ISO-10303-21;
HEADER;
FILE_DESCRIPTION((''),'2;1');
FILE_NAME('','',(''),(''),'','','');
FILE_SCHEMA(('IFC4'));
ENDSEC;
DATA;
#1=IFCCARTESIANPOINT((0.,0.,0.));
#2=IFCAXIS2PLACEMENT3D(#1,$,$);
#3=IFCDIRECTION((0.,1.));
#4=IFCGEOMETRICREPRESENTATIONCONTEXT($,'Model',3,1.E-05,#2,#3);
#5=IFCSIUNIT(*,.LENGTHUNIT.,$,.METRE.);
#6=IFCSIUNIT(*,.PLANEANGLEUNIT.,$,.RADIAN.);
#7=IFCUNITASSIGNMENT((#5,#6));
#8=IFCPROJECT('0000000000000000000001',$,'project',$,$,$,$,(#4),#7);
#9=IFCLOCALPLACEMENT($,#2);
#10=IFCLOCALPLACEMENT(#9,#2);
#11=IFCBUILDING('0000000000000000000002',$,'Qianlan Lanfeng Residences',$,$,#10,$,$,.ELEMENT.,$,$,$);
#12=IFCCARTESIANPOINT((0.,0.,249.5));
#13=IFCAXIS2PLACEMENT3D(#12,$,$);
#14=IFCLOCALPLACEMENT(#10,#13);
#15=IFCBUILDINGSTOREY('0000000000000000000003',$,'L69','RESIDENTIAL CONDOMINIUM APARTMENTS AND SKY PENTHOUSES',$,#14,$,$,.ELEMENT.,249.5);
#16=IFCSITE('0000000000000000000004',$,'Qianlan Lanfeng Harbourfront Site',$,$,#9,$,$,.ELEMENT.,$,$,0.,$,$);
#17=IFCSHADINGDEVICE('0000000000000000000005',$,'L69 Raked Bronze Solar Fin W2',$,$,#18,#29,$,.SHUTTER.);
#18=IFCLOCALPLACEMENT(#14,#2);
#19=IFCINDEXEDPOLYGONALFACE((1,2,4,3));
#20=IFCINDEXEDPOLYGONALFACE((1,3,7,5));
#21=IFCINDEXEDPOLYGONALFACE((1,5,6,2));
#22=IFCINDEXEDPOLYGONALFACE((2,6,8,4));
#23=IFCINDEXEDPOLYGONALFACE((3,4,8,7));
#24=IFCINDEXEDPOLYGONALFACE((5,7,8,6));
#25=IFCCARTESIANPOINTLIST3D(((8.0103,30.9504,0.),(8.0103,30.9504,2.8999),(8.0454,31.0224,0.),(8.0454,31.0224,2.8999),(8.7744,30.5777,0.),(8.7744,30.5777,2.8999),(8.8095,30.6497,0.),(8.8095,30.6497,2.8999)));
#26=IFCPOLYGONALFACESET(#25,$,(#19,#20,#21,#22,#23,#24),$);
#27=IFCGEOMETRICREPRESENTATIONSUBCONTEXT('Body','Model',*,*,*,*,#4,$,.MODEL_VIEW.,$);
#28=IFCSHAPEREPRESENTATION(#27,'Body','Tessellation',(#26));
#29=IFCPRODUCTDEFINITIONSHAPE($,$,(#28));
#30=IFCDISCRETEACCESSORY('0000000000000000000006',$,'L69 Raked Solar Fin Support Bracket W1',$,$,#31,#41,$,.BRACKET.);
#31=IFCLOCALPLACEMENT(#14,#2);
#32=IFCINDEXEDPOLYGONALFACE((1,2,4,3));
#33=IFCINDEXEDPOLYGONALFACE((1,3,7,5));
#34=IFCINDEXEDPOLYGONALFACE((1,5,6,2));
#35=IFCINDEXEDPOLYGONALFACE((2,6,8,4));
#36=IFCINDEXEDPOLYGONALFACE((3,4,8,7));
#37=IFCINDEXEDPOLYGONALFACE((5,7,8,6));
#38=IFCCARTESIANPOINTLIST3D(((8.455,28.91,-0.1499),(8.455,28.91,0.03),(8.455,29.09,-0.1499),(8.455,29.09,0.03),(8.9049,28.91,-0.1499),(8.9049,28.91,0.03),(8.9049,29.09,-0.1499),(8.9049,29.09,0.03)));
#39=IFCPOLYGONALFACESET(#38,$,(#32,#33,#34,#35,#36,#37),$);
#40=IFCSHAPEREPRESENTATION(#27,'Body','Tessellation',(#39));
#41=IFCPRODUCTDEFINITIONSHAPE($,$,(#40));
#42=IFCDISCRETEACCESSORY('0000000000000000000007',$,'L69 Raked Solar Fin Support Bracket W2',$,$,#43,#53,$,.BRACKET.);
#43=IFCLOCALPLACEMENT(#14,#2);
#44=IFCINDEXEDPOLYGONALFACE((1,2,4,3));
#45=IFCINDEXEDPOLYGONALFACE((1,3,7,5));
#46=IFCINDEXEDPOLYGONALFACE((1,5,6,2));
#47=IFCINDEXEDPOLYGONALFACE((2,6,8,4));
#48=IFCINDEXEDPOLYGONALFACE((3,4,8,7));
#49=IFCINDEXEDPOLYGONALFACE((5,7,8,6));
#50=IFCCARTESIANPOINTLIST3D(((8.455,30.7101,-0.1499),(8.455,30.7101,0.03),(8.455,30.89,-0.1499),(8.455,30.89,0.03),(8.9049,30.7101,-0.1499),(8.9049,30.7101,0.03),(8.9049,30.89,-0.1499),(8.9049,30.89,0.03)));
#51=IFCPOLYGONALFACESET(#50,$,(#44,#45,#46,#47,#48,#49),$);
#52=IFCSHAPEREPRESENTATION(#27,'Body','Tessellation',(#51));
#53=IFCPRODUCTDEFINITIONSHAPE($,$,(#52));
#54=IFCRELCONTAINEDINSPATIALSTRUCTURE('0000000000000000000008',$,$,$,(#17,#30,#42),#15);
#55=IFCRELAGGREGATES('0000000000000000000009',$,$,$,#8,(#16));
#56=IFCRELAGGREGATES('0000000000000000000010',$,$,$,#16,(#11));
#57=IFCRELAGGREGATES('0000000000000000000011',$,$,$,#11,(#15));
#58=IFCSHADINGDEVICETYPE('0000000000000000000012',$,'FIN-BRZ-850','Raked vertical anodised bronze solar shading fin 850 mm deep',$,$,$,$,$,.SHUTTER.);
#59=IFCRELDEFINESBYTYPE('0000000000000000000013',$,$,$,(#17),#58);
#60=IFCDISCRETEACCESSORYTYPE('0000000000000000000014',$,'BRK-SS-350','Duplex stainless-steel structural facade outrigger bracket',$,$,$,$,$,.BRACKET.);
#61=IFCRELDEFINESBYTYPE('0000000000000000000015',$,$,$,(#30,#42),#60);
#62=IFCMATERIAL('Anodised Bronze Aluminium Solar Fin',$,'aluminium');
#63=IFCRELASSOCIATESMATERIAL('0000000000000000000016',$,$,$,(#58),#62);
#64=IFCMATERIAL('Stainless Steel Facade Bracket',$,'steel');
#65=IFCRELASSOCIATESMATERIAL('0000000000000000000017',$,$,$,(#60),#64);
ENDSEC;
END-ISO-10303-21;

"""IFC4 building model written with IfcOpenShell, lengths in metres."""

from ifc_helpers import new_model, si_unit, direction, frame, origin, origin_2d, place, context, subcontext, project, spatial, rectangle, extrude, source, transform, mapped, material, type_object, element, save


model = new_model("IFC4")

# Units and contexts
model_context = context("Model", 3, precision=1e-05, world=origin(), true_north=direction((0.0, 1.0)))
body_context = subcontext(model_context, "Body", "Model", "MODEL_VIEW")
ifc_project = project(units=[si_unit("LENGTHUNIT", "METRE"), si_unit("PLANEANGLEUNIT", "RADIAN")], contexts=[model_context])

# Site, building, storey
site_placement = place(None, origin())
site = spatial("IfcSite", under=ifc_project, at=site_placement, Name="Qianlan Lanfeng Harbourfront Site", CompositionType="ELEMENT", RefElevation=0.0)
building_placement = place(site_placement, origin())
building = spatial("IfcBuilding", under=site, at=building_placement, Name="Qianlan Lanfeng Residences", CompositionType="ELEMENT")
storey_placement = place(building_placement, frame((0.0, 0.0, 249.5)))
storey = spatial("IfcBuildingStorey", under=building, at=storey_placement, Name="L69", Description="RESIDENTIAL CONDOMINIUM APARTMENTS AND SKY PENTHOUSES", CompositionType="ELEMENT", Elevation=249.5)

# Shading device
ifc_material_1 = material(Name="Anodised Bronze Aluminium Solar Fin", Category="aluminium")
shading_device_type = type_object("IfcShadingDeviceType", Name="FIN-BRZ-850", Description="Raked vertical anodised bronze solar shading fin 850 mm deep", PredefinedType="SHUTTER", material=ifc_material_1)
shared_shape_1 = source(origin(), body_context, "Body", "SweptSolid", [
    extrude(rectangle(XDim=0.8501, YDim=0.0801, at=origin_2d()), origin(), (0.0, 0.0, 1.0), 2.8999),
])
for number, where, z_axis, x_axis, name in (
    (1, (8.4099, 30.8, 0.0), (0.0, 0.0, 1.0), (0.898794, -0.438371, 0.0), "L69 Raked Bronze Solar Fin W2"),
):
    element("IfcShadingDevice", number, at=place(storey_placement, frame(where, z_axis=z_axis, x_axis=x_axis)), inside=storey, type_object=shading_device_type, Name=name, PredefinedType="SHUTTER", context=body_context, shape_type="MappedRepresentation", body=[
        mapped(shared_shape_1, transform((0.0, 0.0, 0.0), scale=1.0)),
    ])

# Discrete accessories
ifc_material_2 = material(Name="Stainless Steel Facade Bracket", Category="steel")
discrete_accessory_type = type_object("IfcDiscreteAccessoryType", Name="BRK-SS-350", Description="Duplex stainless-steel structural facade outrigger bracket", PredefinedType="BRACKET", material=ifc_material_2)
shared_shape_2 = source(origin(), body_context, "Body", "SweptSolid", [
    extrude(rectangle(XDim=0.45, YDim=0.1799, at=origin_2d()), origin(), (0.0, 0.0, 1.0), 0.1799),
])
for number, where, z_axis, x_axis, name in (
    (2, (8.6799, 29.0, -0.1499), (0.0, 0.0, 1.0), (1.0, 0.0, 0.0), "L69 Raked Solar Fin Support Bracket W1"),
    (3, (8.6799, 30.8, -0.1499), (0.0, 0.0, 1.0), (1.0, 0.0, 0.0), "L69 Raked Solar Fin Support Bracket W2"),
):
    element("IfcDiscreteAccessory", number, at=place(storey_placement, frame(where, z_axis=z_axis, x_axis=x_axis)), inside=storey, type_object=discrete_accessory_type, Name=name, PredefinedType="BRACKET", context=body_context, shape_type="MappedRepresentation", body=[
        mapped(shared_shape_2, transform((0.0, 0.0, 0.0), scale=1.0)),
    ])

save(model, "model.ifc")
